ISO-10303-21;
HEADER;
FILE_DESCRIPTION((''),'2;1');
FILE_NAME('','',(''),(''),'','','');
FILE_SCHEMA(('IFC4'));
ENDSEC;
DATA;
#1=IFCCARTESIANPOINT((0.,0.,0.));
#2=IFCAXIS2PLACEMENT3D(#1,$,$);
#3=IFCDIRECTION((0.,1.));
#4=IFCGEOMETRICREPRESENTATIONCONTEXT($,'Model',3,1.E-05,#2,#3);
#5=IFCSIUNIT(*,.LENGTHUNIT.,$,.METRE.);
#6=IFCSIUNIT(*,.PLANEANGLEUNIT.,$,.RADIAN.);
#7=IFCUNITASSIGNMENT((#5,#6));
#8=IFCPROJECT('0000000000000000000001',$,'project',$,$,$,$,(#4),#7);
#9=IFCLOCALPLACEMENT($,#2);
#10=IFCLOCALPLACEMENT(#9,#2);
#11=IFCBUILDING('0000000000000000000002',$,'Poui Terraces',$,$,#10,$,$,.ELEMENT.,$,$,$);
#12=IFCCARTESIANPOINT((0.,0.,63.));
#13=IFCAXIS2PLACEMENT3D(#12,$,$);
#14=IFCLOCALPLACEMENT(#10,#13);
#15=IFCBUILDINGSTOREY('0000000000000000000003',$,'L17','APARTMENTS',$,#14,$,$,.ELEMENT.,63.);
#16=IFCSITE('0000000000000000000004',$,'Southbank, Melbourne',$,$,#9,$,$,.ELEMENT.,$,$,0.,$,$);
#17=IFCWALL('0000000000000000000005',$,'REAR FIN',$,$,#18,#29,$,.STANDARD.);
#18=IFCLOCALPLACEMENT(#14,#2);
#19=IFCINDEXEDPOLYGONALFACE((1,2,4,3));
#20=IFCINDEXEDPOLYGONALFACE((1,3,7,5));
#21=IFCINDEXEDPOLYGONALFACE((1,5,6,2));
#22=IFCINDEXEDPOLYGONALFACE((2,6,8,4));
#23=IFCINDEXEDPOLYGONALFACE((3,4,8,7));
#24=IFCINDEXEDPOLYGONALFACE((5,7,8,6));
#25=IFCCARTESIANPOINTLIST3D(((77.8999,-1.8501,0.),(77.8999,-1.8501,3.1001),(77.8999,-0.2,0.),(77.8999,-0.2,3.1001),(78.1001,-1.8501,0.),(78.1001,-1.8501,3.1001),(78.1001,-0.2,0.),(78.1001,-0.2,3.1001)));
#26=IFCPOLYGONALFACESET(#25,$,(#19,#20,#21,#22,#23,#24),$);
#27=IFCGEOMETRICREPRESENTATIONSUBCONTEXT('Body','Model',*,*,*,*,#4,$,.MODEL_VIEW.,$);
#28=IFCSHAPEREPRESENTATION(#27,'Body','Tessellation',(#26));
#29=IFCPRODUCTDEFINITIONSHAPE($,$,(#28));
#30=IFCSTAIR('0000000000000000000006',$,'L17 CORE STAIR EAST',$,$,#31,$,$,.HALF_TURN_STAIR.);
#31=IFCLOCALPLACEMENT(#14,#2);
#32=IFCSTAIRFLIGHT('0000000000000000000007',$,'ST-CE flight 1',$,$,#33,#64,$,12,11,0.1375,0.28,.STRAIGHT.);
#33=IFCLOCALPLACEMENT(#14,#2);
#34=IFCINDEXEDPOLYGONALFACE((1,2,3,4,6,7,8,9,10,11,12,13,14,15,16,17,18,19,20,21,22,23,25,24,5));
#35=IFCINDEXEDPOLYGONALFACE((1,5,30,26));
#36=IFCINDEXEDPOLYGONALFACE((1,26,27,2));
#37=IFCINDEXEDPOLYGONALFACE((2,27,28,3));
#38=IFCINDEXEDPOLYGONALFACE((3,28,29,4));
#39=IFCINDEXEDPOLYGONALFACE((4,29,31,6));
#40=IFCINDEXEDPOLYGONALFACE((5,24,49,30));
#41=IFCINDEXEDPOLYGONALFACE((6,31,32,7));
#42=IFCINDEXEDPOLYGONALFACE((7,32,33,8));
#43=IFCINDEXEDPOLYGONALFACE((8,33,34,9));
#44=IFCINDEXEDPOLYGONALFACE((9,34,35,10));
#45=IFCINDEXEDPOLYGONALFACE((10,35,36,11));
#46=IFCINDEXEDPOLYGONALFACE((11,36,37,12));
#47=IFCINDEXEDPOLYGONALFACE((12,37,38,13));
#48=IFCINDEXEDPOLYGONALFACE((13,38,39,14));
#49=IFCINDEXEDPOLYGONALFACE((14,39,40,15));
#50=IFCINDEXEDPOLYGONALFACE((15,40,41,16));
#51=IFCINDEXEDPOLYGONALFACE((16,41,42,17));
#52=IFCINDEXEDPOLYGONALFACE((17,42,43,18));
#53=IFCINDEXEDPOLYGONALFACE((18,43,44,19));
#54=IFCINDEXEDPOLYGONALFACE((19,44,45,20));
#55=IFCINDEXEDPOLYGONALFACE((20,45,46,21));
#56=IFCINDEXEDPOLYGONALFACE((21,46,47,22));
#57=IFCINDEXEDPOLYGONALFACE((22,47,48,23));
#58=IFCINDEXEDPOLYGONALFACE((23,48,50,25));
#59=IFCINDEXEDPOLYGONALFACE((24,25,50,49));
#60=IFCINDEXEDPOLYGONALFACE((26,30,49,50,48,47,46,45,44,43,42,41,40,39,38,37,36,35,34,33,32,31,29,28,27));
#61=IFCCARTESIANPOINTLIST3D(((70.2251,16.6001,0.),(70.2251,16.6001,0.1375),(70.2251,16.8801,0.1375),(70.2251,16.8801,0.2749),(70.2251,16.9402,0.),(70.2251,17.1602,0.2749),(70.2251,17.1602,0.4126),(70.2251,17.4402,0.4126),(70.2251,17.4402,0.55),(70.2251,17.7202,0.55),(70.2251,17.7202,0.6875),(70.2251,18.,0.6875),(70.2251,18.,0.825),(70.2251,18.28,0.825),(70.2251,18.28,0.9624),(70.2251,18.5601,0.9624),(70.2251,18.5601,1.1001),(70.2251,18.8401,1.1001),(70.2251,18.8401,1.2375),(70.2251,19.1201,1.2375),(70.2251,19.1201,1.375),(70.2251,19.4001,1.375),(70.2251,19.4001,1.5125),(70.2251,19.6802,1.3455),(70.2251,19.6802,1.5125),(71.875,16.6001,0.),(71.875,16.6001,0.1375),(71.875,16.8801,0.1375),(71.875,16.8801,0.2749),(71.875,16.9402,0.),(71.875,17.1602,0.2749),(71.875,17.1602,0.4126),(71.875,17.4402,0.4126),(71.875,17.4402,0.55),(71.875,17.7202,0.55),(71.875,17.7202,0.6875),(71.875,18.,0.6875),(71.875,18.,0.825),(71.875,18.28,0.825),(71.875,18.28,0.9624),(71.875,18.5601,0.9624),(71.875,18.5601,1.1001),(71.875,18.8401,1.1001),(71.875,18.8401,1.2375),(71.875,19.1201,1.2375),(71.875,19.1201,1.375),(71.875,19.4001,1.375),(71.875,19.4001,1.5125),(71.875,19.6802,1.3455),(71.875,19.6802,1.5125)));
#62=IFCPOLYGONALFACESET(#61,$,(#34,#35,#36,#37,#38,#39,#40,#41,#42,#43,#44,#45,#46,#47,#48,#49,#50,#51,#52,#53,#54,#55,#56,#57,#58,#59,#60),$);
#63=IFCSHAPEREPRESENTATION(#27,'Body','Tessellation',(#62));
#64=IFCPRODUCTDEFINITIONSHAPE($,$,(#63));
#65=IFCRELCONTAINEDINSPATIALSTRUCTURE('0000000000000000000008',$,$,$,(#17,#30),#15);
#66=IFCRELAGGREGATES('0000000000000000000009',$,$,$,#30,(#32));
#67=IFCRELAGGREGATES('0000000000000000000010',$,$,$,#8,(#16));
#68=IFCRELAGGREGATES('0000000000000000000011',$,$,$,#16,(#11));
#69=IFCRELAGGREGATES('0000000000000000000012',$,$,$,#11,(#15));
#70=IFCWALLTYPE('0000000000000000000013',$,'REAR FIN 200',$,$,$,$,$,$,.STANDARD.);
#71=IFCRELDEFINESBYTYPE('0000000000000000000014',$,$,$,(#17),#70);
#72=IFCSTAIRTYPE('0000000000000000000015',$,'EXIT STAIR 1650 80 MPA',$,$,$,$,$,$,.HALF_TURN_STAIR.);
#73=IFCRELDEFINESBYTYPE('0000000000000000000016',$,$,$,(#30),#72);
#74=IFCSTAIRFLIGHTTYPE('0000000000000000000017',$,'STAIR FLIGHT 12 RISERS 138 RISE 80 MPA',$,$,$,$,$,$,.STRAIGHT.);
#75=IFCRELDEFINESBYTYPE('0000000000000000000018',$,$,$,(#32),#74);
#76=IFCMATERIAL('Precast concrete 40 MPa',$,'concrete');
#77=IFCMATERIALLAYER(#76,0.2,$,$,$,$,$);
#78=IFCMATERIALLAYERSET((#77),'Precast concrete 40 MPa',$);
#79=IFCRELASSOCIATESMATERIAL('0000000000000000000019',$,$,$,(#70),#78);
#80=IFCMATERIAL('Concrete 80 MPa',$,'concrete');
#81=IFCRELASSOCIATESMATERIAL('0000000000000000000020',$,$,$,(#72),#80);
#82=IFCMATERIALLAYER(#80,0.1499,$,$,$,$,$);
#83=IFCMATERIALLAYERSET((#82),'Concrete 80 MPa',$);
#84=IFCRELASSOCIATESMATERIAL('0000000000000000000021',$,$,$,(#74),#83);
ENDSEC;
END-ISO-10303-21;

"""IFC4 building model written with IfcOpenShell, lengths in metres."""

from ifc_helpers import new_model, si_unit, direction, frame, origin, place, context, subcontext, project, spatial, polyline, outline, extrude, source, transform, mapped, material, layer, layer_set, type_object, element, aggregate, save


model = new_model("IFC4")

# Units and contexts
model_context = context("Model", 3, precision=1e-05, world=origin(), true_north=direction((0.0, 1.0)))
body_context = subcontext(model_context, "Body", "Model", "MODEL_VIEW")
ifc_project = project(units=[si_unit("LENGTHUNIT", "METRE"), si_unit("PLANEANGLEUNIT", "RADIAN")], contexts=[model_context])

# Site, building, storey
site_placement = place(None, origin())
site = spatial("IfcSite", under=ifc_project, at=site_placement, Name="Southbank, Melbourne", CompositionType="ELEMENT", RefElevation=0.0)
building_placement = place(site_placement, origin())
building = spatial("IfcBuilding", under=site, at=building_placement, Name="Poui Terraces", CompositionType="ELEMENT")
storey_placement = place(building_placement, frame((0.0, 0.0, 63.0)))
storey = spatial("IfcBuildingStorey", under=building, at=storey_placement, Name="L17", Description="APARTMENTS", CompositionType="ELEMENT", Elevation=63.0)

# Shared definitions
ifc_material_1 = material(Name="Concrete 80 MPa", Category="concrete")

# Shared definitions
ifc_material_2 = material(Name="Precast concrete 40 MPa", Category="concrete")

# Wall
ifc_layer_1 = layer(ifc_material_2, 0.2)
ifc_layer_set_1 = layer_set([ifc_layer_1], Name="Precast concrete 40 MPa")
wall_type_1 = type_object("IfcWallType", Name="REAR FIN 200", PredefinedType="STANDARD", material=ifc_layer_set_1)
shared_shape_1 = source(origin(), body_context, "Body", "SweptSolid", [
    extrude(outline(polyline([(0.0, 0.0), (0.2002, 0.0), (0.2002, 1.6501), (0.0, 1.6501), (0.0, 0.0)])), origin(), (0.0, 0.0, 1.0), 3.1001),
])
for number, where, name in (
    (1, (77.8999, -1.8501, 0.0), "REAR FIN"),
):
    element("IfcWall", number, at=place(storey_placement, frame(where)), inside=storey, type_object=wall_type_1, Name=name, PredefinedType="STANDARD", context=body_context, shape_type="MappedRepresentation", body=[
        mapped(shared_shape_1, transform((0.0, 0.0, 0.0))),
    ])

# Stair, stair flight
stair_type = type_object("IfcStairType", Name="EXIT STAIR 1650 80 MPA", PredefinedType="HALF_TURN_STAIR", material=ifc_material_1)
stair_placement = place(storey_placement, origin())
stair = element("IfcStair", 2, at=stair_placement, inside=storey, type_object=stair_type, Name="L17 CORE STAIR EAST", PredefinedType="HALF_TURN_STAIR")
ifc_layer_2 = layer(ifc_material_1, 0.1499)
ifc_layer_set_2 = layer_set([ifc_layer_2], Name="Concrete 80 MPa")
stair_flight_type = type_object("IfcStairFlightType", Name="STAIR FLIGHT 12 RISERS 138 RISE 80 MPA", PredefinedType="STRAIGHT", material=ifc_layer_set_2)
stair_flight_placement = place(storey_placement, frame((71.05, 16.6001, 0.0), z_axis=(0.0, 0.0, 1.0), x_axis=(0.0, 1.0, 0.0)))
stair_flight = element("IfcStairFlight", 3, at=stair_flight_placement, type_object=stair_flight_type, Name="ST-CE flight 1", NumberOfRisers=12, NumberOfTreads=11, PredefinedType="STRAIGHT", RiserHeight=0.1375, TreadLength=0.28, context=body_context, shape_type="SweptSolid", body=[
    extrude(outline(polyline([(0.0, 0.0), (0.0, 0.1375), (0.28, 0.1375), (0.28, 0.2749), (0.5601, 0.2749), (0.5601, 0.4126), (0.8401, 0.4126), (0.8401, 0.55), (1.1201, 0.55), (1.1201, 0.6875), (1.3999, 0.6875), (1.3999, 0.825), (1.6799, 0.825), (1.6799, 0.9624), (1.96, 0.9624), (1.96, 1.1001), (2.24, 1.1001), (2.24, 1.2375), (2.52, 1.2375), (2.52, 1.375), (2.8, 1.375), (2.8, 1.5125), (3.0801, 1.5125), (3.0801, 1.6499), (3.0801, 1.3455), (0.3401, 0.0), (0.0, 0.0)])), frame((0.0, 0.825, 0.0), z_axis=(0.0, -1.0, 0.0), x_axis=(1.0, 0.0, 0.0)), (0.0, 0.0, 1.0), 1.6499),
])
aggregate(stair, [stair_flight])

save(model, "model.ifc")
